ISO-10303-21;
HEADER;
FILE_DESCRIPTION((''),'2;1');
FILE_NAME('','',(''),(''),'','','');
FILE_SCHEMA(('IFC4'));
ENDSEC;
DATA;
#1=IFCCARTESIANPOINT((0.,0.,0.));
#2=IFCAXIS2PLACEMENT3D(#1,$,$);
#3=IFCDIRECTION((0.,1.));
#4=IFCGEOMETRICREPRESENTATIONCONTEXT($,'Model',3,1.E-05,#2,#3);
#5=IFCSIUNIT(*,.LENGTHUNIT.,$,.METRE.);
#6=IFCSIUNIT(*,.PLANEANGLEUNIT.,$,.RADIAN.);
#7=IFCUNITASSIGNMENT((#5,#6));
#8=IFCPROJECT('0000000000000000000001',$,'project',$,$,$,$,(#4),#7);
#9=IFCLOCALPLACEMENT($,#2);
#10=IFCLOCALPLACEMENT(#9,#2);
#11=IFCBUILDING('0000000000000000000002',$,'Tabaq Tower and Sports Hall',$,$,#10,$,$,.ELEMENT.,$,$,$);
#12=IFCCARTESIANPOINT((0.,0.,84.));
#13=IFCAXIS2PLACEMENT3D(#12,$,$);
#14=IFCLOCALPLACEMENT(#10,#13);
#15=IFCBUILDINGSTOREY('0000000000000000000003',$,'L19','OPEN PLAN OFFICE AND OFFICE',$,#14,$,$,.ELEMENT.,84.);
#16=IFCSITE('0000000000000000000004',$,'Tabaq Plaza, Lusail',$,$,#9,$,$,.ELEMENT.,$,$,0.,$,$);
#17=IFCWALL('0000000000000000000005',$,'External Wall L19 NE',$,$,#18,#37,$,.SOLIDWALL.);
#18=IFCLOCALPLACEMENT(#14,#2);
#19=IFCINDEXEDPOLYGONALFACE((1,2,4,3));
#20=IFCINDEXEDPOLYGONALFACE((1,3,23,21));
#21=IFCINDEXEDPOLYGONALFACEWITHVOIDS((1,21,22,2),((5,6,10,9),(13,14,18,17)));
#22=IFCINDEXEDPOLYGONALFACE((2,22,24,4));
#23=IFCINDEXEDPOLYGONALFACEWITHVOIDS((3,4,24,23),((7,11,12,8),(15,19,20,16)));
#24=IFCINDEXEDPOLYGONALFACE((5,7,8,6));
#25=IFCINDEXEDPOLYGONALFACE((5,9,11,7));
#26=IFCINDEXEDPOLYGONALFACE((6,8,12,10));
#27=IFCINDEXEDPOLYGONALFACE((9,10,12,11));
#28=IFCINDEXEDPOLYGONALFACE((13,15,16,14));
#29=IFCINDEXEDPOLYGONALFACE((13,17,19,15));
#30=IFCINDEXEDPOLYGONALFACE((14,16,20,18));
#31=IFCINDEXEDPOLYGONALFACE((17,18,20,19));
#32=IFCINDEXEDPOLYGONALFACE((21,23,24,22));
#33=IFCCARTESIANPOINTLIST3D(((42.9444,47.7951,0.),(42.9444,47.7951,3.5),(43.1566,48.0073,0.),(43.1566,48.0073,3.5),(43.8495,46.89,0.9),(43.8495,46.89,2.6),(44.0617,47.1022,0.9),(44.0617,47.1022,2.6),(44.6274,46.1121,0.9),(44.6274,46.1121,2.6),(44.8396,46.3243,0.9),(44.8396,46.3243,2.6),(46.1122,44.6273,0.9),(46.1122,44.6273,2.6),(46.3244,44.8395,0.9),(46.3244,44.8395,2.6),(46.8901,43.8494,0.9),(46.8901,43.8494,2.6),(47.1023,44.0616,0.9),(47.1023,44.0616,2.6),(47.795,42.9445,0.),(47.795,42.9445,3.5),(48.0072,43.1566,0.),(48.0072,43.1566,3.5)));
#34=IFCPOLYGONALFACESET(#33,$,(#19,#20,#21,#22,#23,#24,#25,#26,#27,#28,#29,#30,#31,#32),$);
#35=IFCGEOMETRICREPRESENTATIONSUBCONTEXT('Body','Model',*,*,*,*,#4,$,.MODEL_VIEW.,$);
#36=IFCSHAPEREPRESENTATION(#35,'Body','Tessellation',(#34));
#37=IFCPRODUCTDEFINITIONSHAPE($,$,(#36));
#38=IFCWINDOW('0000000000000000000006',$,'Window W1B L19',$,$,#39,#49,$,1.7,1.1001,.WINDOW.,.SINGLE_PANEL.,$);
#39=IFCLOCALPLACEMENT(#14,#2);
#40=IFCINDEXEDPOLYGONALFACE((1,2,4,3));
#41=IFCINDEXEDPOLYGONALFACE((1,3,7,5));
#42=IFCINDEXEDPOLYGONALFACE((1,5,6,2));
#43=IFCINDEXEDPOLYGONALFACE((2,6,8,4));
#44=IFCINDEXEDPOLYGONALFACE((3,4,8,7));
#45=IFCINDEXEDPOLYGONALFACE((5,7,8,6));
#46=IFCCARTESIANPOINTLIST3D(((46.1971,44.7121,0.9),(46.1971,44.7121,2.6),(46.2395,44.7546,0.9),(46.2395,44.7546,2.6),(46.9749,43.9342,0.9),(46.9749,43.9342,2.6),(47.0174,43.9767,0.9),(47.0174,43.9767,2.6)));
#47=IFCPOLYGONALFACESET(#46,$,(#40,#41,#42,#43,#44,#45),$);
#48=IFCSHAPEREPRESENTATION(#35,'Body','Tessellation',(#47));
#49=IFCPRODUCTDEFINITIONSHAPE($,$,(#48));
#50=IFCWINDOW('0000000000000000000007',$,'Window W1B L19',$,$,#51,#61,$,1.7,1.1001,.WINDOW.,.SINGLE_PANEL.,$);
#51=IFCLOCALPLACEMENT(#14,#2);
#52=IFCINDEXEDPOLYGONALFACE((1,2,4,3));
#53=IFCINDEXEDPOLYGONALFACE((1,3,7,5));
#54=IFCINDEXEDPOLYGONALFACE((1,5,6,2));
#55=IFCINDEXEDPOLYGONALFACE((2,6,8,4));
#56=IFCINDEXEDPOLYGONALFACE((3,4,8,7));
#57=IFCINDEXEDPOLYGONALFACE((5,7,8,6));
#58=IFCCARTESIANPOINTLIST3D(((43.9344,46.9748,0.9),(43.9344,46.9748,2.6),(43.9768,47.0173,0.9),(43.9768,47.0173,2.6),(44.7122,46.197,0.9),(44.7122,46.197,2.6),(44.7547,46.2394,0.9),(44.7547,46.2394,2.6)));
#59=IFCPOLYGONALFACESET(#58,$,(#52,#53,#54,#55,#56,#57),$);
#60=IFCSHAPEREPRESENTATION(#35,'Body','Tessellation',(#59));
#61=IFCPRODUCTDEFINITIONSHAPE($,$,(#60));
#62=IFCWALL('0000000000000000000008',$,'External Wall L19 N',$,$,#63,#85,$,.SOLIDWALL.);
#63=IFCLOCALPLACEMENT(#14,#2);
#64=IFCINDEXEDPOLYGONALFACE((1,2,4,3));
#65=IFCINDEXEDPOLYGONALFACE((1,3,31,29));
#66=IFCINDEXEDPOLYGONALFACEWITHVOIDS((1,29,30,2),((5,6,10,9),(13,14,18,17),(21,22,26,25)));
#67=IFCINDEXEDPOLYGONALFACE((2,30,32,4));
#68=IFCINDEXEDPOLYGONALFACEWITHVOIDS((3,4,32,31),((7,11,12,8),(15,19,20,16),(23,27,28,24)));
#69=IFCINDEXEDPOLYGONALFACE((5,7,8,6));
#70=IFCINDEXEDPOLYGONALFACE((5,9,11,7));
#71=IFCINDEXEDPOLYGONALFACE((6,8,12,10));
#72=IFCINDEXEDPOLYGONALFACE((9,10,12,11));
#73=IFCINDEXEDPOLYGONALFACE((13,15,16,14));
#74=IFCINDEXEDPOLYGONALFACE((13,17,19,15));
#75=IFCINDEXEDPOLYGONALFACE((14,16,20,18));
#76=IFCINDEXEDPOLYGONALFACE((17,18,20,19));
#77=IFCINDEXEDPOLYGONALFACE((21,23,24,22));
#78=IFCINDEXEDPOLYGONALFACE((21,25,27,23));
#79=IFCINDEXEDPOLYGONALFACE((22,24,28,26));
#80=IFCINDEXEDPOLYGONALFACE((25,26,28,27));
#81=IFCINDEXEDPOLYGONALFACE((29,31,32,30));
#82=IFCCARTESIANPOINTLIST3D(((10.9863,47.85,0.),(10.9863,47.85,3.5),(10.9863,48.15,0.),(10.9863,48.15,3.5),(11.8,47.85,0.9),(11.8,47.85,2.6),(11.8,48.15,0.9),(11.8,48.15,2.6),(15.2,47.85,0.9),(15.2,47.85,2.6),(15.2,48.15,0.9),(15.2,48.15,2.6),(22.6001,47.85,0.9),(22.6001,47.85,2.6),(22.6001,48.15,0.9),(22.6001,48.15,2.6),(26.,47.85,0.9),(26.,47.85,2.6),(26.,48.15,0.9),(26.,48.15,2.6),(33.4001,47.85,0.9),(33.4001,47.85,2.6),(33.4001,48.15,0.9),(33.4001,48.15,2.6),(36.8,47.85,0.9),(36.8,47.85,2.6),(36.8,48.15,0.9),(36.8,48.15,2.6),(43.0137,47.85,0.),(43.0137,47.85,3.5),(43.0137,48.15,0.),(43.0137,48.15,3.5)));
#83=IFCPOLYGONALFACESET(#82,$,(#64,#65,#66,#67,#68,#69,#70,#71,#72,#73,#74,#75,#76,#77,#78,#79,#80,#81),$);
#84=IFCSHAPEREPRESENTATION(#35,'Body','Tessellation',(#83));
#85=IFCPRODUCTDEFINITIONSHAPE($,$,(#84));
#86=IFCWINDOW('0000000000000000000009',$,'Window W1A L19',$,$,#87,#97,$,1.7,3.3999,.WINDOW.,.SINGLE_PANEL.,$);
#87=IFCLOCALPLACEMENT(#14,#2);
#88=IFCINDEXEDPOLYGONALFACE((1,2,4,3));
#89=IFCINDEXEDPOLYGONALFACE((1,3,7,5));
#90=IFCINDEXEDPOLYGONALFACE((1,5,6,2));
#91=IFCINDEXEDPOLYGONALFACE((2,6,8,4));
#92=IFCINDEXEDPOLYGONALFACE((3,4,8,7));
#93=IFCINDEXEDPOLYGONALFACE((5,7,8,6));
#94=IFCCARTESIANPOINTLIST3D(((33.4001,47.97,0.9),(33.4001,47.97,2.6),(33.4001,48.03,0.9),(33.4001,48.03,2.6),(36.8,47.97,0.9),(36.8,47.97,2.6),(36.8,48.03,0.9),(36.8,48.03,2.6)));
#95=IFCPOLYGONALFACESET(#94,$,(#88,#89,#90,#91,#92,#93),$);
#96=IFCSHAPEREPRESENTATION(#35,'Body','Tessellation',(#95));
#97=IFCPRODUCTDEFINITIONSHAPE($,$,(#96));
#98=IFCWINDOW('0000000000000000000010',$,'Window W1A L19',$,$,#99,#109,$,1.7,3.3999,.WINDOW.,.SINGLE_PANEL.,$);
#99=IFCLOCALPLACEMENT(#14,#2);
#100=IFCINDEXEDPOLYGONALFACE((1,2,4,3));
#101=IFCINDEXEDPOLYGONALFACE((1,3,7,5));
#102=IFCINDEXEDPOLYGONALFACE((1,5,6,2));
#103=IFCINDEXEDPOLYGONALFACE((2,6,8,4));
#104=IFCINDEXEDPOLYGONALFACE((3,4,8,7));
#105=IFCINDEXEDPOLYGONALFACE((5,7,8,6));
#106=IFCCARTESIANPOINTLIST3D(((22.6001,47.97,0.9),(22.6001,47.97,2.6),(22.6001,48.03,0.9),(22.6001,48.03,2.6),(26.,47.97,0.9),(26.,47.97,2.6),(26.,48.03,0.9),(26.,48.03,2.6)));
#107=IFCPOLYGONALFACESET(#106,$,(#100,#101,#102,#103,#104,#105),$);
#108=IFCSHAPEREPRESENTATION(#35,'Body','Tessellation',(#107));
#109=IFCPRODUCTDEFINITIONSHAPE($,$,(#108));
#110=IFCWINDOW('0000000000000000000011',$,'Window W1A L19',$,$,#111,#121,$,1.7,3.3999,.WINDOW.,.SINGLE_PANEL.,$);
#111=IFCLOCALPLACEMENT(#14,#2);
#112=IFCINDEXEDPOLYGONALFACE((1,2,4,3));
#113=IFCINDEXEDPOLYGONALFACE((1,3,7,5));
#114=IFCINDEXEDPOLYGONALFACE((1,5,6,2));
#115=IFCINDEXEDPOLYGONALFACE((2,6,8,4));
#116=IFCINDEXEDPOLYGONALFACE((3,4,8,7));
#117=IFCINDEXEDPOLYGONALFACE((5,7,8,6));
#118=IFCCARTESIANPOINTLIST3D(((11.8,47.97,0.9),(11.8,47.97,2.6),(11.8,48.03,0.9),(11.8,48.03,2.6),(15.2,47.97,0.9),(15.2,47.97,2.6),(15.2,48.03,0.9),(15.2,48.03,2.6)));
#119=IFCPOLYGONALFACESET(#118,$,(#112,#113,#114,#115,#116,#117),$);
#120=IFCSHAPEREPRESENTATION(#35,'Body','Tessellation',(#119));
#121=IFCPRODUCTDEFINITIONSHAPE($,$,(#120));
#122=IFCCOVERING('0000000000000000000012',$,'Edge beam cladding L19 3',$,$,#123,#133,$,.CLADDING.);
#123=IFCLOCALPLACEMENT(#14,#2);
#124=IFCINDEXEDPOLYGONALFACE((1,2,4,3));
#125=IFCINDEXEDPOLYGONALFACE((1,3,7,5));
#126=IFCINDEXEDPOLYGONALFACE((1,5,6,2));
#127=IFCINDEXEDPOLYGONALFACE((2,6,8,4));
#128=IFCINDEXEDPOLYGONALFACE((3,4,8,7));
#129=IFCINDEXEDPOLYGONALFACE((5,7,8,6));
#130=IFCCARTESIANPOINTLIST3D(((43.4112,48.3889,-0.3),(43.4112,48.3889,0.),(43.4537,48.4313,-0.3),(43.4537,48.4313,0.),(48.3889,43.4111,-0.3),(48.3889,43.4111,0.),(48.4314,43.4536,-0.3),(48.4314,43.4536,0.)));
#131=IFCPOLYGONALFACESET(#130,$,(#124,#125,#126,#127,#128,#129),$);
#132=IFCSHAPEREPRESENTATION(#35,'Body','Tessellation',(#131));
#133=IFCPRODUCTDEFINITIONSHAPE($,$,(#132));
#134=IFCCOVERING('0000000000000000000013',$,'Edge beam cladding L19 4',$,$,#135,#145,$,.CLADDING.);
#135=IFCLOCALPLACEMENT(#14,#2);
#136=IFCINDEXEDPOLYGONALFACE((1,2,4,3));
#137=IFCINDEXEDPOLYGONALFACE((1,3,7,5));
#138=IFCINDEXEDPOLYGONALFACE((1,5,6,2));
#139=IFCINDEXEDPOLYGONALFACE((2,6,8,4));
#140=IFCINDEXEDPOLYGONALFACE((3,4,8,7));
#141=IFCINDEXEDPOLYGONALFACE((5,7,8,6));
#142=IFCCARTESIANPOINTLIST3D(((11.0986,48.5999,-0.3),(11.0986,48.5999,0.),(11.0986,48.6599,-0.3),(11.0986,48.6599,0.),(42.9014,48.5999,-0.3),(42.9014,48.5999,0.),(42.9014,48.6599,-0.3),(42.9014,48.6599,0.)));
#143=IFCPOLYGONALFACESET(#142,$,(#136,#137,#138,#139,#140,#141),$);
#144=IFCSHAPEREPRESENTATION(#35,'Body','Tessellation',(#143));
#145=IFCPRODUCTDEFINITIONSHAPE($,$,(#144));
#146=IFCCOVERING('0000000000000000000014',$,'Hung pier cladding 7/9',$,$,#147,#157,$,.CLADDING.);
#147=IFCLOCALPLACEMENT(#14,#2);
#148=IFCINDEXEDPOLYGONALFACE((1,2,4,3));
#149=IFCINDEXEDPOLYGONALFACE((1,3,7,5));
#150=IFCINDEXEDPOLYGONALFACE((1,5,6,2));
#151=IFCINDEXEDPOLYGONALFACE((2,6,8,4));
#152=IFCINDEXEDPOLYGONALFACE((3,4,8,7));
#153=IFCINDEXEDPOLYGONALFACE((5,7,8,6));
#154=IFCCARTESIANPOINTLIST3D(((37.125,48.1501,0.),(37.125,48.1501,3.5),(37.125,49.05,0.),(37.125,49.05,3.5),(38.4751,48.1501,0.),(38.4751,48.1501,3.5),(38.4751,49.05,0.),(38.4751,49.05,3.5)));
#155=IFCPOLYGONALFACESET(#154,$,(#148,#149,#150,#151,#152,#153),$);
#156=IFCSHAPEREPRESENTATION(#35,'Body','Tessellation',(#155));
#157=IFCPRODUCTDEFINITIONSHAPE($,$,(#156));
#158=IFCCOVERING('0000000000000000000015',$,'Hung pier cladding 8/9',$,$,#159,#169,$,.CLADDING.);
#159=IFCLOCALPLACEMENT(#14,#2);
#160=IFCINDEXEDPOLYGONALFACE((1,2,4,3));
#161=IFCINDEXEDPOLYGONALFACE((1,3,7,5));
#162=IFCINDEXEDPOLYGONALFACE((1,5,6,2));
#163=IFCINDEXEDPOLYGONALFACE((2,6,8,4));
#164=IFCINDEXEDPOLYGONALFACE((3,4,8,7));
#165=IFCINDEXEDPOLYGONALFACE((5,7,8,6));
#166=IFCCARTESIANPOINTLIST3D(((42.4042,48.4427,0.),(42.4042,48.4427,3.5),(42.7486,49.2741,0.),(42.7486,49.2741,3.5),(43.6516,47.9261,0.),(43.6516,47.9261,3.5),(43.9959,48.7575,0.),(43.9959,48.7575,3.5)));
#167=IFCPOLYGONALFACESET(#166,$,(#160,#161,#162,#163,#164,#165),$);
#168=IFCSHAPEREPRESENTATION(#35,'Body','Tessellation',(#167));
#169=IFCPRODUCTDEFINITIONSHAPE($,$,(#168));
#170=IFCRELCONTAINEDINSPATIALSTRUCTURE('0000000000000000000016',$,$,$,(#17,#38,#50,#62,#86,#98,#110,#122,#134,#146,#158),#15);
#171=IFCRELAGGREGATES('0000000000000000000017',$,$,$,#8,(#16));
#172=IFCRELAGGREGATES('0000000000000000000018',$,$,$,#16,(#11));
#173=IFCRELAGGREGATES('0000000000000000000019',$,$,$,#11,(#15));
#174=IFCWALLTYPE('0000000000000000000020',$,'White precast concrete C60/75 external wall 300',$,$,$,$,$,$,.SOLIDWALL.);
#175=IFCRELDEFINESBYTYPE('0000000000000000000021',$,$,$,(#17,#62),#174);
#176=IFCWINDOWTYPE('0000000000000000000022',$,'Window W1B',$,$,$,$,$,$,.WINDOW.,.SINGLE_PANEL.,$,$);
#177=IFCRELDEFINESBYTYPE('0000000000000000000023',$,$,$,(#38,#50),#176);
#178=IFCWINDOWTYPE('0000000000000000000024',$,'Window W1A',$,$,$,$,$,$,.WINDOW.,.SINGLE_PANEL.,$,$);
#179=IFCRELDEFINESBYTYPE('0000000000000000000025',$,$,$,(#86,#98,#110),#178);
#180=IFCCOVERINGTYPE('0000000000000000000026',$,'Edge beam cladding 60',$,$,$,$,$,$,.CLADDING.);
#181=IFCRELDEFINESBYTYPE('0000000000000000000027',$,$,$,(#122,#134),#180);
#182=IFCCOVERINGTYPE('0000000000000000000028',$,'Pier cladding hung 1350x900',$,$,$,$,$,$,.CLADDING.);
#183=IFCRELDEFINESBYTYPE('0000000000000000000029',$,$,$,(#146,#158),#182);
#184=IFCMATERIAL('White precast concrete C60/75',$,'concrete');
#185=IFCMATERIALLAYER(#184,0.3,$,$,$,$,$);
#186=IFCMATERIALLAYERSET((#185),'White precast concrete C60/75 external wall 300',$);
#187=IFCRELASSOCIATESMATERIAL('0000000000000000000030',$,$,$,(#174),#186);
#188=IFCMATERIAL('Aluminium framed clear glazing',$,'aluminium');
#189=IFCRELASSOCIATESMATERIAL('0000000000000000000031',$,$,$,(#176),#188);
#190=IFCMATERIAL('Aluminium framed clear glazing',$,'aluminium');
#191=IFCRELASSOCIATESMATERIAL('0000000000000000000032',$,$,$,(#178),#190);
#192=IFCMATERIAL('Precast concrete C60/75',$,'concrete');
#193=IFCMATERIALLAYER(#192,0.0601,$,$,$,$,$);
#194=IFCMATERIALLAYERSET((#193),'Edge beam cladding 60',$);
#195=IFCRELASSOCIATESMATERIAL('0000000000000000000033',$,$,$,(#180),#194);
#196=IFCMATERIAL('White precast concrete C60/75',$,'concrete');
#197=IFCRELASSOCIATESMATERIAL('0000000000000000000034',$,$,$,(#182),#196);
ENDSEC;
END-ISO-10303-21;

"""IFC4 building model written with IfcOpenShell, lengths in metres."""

from ifc_helpers import new_model, si_unit, direction, frame, frame_2d, origin, place, context, subcontext, project, spatial, rectangle, extrude, material, layer, layer_set, type_object, element, fill, save


model = new_model("IFC4")

# Units and contexts
model_context = context("Model", 3, precision=1e-05, world=origin(), true_north=direction((0.0, 1.0)))
body_context = subcontext(model_context, "Body", "Model", "MODEL_VIEW")
ifc_project = project(units=[si_unit("LENGTHUNIT", "METRE"), si_unit("PLANEANGLEUNIT", "RADIAN")], contexts=[model_context])

# Site, building, storey
site_placement = place(None, origin())
site = spatial("IfcSite", under=ifc_project, at=site_placement, Name="Tabaq Plaza, Lusail", CompositionType="ELEMENT", RefElevation=0.0)
building_placement = place(site_placement, origin())
building = spatial("IfcBuilding", under=site, at=building_placement, Name="Tabaq Tower and Sports Hall", CompositionType="ELEMENT")
storey_placement = place(building_placement, frame((0.0, 0.0, 84.0)))
storey = spatial("IfcBuildingStorey", under=building, at=storey_placement, Name="L19", Description="OPEN PLAN OFFICE AND OFFICE", CompositionType="ELEMENT", Elevation=84.0)

# Walls, openings, windows
ifc_material_1 = material(Name="White precast concrete C60/75", Category="concrete")
ifc_layer_1 = layer(ifc_material_1, 0.3)
ifc_layer_set_1 = layer_set([ifc_layer_1], Name="White precast concrete C60/75 external wall 300")
wall_type_1 = type_object("IfcWallType", Name="White precast concrete C60/75 external wall 300", PredefinedType="SOLIDWALL", material=ifc_layer_set_1)
wall_1_placement = place(storey_placement, frame((47.9011, 43.0505, 0.0), z_axis=(0.0, 0.0, 1.0), x_axis=(-0.707107, 0.707107, 0.0)))
wall_1 = element("IfcWall", 1, at=wall_1_placement, inside=storey, type_object=wall_type_1, Name="External Wall L19 NE", PredefinedType="SOLIDWALL", context=body_context, shape_type="SweptSolid", body=[
    extrude(rectangle(XDim=6.8599, YDim=0.3, at=frame_2d((3.4299, 0.0))), origin(), (0.0, 0.0, 1.0), 3.5),
])
opening_1_placement = place(wall_1_placement, frame((1.2798, 0.0, 0.8999)))
opening_1 = element("IfcOpeningElement", 2, at=opening_1_placement, cuts=wall_1, PredefinedType="OPENING", context=body_context, shape_type="SweptSolid", body=[
    extrude(rectangle(XDim=1.1001, YDim=1.7, at=frame_2d((0.55, 0.8501))), frame((0.0, 0.1602, 0.0), z_axis=(0.0, -1.0, 0.0), x_axis=(1.0, 0.0, 0.0)), (0.0, 0.0, 1.0), 0.3201),
])
opening_2_placement = place(wall_1_placement, frame((4.4797, 0.0, 0.8999)))
opening_2 = element("IfcOpeningElement", 3, at=opening_2_placement, cuts=wall_1, PredefinedType="OPENING", context=body_context, shape_type="SweptSolid", body=[
    extrude(rectangle(XDim=1.1001, YDim=1.7, at=frame_2d((0.55, 0.8501))), frame((0.0, 0.1602, 0.0), z_axis=(0.0, -1.0, 0.0), x_axis=(1.0, 0.0, 0.0)), (0.0, 0.0, 1.0), 0.3201),
])
ifc_material_2 = material(Name="Aluminium framed clear glazing", Category="aluminium")
window_type_1 = type_object("IfcWindowType", Name="Window W1B", PartitioningType="SINGLE_PANEL", PredefinedType="WINDOW", material=ifc_material_2)
window_1_placement = place(opening_1_placement, origin())
window_1 = element("IfcWindow", 4, at=window_1_placement, inside=storey, type_object=window_type_1, Name="Window W1B L19", OverallHeight=1.7, OverallWidth=1.1001, PartitioningType="SINGLE_PANEL", PredefinedType="WINDOW", context=body_context, shape_type="SweptSolid", body=[
    extrude(rectangle(XDim=1.1001, YDim=1.7, at=frame_2d((0.55, 0.8501))), frame((0.0, 0.03, 0.0), z_axis=(0.0, -1.0, 0.0), x_axis=(1.0, 0.0, 0.0)), (0.0, 0.0, 1.0), 0.0601),
])
fill(opening_1, window_1)
window_2_placement = place(opening_2_placement, origin())
window_2 = element("IfcWindow", 5, at=window_2_placement, inside=storey, type_object=window_type_1, Name="Window W1B L19", OverallHeight=1.7, OverallWidth=1.1001, PartitioningType="SINGLE_PANEL", PredefinedType="WINDOW", context=body_context, shape_type="SweptSolid", body=[
    extrude(rectangle(XDim=1.1001, YDim=1.7, at=frame_2d((0.55, 0.8501))), frame((0.0, 0.03, 0.0), z_axis=(0.0, -1.0, 0.0), x_axis=(1.0, 0.0, 0.0)), (0.0, 0.0, 1.0), 0.0601),
])
fill(opening_2, window_2)
wall_2_placement = place(storey_placement, frame((43.0137, 48.0, 0.0), z_axis=(0.0, 0.0, 1.0), x_axis=(-1.0, 0.0, 0.0)))
wall_2 = element("IfcWall", 6, at=wall_2_placement, inside=storey, type_object=wall_type_1, Name="External Wall L19 N", PredefinedType="SOLIDWALL", context=body_context, shape_type="SweptSolid", body=[
    extrude(rectangle(XDim=32.0273, YDim=0.3, at=frame_2d((16.0137, 0.0))), origin(), (0.0, 0.0, 1.0), 3.5),
])
opening_3_placement = place(wall_2_placement, frame((6.2136, 0.0, 0.8999)))
opening_3 = element("IfcOpeningElement", 7, at=opening_3_placement, cuts=wall_2, PredefinedType="OPENING", context=body_context, shape_type="SweptSolid", body=[
    extrude(rectangle(XDim=3.3999, YDim=1.7, at=frame_2d((1.7, 0.8501))), frame((0.0, 0.1602, 0.0), z_axis=(0.0, -1.0, 0.0), x_axis=(1.0, 0.0, 0.0)), (0.0, 0.0, 1.0), 0.3201),
])
opening_4_placement = place(wall_2_placement, frame((17.0137, 0.0, 0.8999)))
opening_4 = element("IfcOpeningElement", 8, at=opening_4_placement, cuts=wall_2, PredefinedType="OPENING", context=body_context, shape_type="SweptSolid", body=[
    extrude(rectangle(XDim=3.3999, YDim=1.7, at=frame_2d((1.7, 0.8501))), frame((0.0, 0.1602, 0.0), z_axis=(0.0, -1.0, 0.0), x_axis=(1.0, 0.0, 0.0)), (0.0, 0.0, 1.0), 0.3201),
])
opening_5_placement = place(wall_2_placement, frame((27.8137, 0.0, 0.8999)))
opening_5 = element("IfcOpeningElement", 9, at=opening_5_placement, cuts=wall_2, PredefinedType="OPENING", context=body_context, shape_type="SweptSolid", body=[
    extrude(rectangle(XDim=3.3999, YDim=1.7, at=frame_2d((1.7, 0.8501))), frame((0.0, 0.1602, 0.0), z_axis=(0.0, -1.0, 0.0), x_axis=(1.0, 0.0, 0.0)), (0.0, 0.0, 1.0), 0.3201),
])
ifc_material_3 = material(Name="Aluminium framed clear glazing", Category="aluminium")
window_type_2 = type_object("IfcWindowType", Name="Window W1A", PartitioningType="SINGLE_PANEL", PredefinedType="WINDOW", material=ifc_material_3)
window_3_placement = place(opening_3_placement, origin())
window_3 = element("IfcWindow", 10, at=window_3_placement, inside=storey, type_object=window_type_2, Name="Window W1A L19", OverallHeight=1.7, OverallWidth=3.3999, PartitioningType="SINGLE_PANEL", PredefinedType="WINDOW", context=body_context, shape_type="SweptSolid", body=[
    extrude(rectangle(XDim=3.3999, YDim=1.7, at=frame_2d((1.7, 0.8501))), frame((0.0, 0.03, 0.0), z_axis=(0.0, -1.0, 0.0), x_axis=(1.0, 0.0, 0.0)), (0.0, 0.0, 1.0), 0.0601),
])
fill(opening_3, window_3)
window_4_placement = place(opening_4_placement, origin())
window_4 = element("IfcWindow", 11, at=window_4_placement, inside=storey, type_object=window_type_2, Name="Window W1A L19", OverallHeight=1.7, OverallWidth=3.3999, PartitioningType="SINGLE_PANEL", PredefinedType="WINDOW", context=body_context, shape_type="SweptSolid", body=[
    extrude(rectangle(XDim=3.3999, YDim=1.7, at=frame_2d((1.7, 0.8501))), frame((0.0, 0.03, 0.0), z_axis=(0.0, -1.0, 0.0), x_axis=(1.0, 0.0, 0.0)), (0.0, 0.0, 1.0), 0.0601),
])
fill(opening_4, window_4)
window_5_placement = place(opening_5_placement, origin())
window_5 = element("IfcWindow", 12, at=window_5_placement, inside=storey, type_object=window_type_2, Name="Window W1A L19", OverallHeight=1.7, OverallWidth=3.3999, PartitioningType="SINGLE_PANEL", PredefinedType="WINDOW", context=body_context, shape_type="SweptSolid", body=[
    extrude(rectangle(XDim=3.3999, YDim=1.7, at=frame_2d((1.7, 0.8501))), frame((0.0, 0.03, 0.0), z_axis=(0.0, -1.0, 0.0), x_axis=(1.0, 0.0, 0.0)), (0.0, 0.0, 1.0), 0.0601),
])
fill(opening_5, window_5)

# Coverings
ifc_material_4 = material(Name="Precast concrete C60/75", Category="concrete")
ifc_layer_2 = layer(ifc_material_4, 0.0601)
ifc_layer_set_2 = layer_set([ifc_layer_2], Name="Edge beam cladding 60")
covering_type_1 = type_object("IfcCoveringType", Name="Edge beam cladding 60", PredefinedType="CLADDING", material=ifc_layer_set_2)
covering_1_placement = place(storey_placement, frame((48.4102, 43.4324, -0.3), z_axis=(0.0, 0.0, 1.0), x_axis=(-0.707107, 0.707107, 0.0)))
element("IfcCovering", 13, at=covering_1_placement, inside=storey, type_object=covering_type_1, Name="Edge beam cladding L19 3", PredefinedType="CLADDING", context=body_context, shape_type="SweptSolid", body=[
    extrude(rectangle(XDim=7.0396, YDim=0.0601, at=frame_2d((3.5198, 0.0))), origin(), (0.0, 0.0, 1.0), 0.3),
])
covering_2_placement = place(storey_placement, frame((42.9014, 48.6299, -0.3), z_axis=(0.0, 0.0, 1.0), x_axis=(-1.0, 0.0, 0.0)))
element("IfcCovering", 14, at=covering_2_placement, inside=storey, type_object=covering_type_1, Name="Edge beam cladding L19 4", PredefinedType="CLADDING", context=body_context, shape_type="SweptSolid", body=[
    extrude(rectangle(XDim=31.8027, YDim=0.0601, at=frame_2d((15.9014, 0.0))), origin(), (0.0, 0.0, 1.0), 0.3),
])
ifc_material_5 = material(Name="White precast concrete C60/75", Category="concrete")
covering_type_2 = type_object("IfcCoveringType", Name="Pier cladding hung 1350x900", PredefinedType="CLADDING", material=ifc_material_5)
for number, where, z_axis, x_axis, name in (
    (15, (38.4751, 48.6001, 0.0), (0.0, 0.0, 1.0), (-1.0, 0.0, 0.0), "Hung pier cladding 7/9"),
    (16, (43.8237, 48.3418, 0.0), (0.0, 0.0, 1.0), (-0.923893, 0.38265, 0.0), "Hung pier cladding 8/9"),
):
    element("IfcCovering", number, at=place(storey_placement, frame(where, z_axis=z_axis, x_axis=x_axis)), inside=storey, type_object=covering_type_2, Name=name, PredefinedType="CLADDING", context=body_context, shape_type="SweptSolid", body=[
        extrude(rectangle(XDim=1.3501, YDim=0.8999, at=frame_2d((0.675, 0.0))), origin(), (0.0, 0.0, 1.0), 3.5),
    ])

save(model, "model.ifc")
